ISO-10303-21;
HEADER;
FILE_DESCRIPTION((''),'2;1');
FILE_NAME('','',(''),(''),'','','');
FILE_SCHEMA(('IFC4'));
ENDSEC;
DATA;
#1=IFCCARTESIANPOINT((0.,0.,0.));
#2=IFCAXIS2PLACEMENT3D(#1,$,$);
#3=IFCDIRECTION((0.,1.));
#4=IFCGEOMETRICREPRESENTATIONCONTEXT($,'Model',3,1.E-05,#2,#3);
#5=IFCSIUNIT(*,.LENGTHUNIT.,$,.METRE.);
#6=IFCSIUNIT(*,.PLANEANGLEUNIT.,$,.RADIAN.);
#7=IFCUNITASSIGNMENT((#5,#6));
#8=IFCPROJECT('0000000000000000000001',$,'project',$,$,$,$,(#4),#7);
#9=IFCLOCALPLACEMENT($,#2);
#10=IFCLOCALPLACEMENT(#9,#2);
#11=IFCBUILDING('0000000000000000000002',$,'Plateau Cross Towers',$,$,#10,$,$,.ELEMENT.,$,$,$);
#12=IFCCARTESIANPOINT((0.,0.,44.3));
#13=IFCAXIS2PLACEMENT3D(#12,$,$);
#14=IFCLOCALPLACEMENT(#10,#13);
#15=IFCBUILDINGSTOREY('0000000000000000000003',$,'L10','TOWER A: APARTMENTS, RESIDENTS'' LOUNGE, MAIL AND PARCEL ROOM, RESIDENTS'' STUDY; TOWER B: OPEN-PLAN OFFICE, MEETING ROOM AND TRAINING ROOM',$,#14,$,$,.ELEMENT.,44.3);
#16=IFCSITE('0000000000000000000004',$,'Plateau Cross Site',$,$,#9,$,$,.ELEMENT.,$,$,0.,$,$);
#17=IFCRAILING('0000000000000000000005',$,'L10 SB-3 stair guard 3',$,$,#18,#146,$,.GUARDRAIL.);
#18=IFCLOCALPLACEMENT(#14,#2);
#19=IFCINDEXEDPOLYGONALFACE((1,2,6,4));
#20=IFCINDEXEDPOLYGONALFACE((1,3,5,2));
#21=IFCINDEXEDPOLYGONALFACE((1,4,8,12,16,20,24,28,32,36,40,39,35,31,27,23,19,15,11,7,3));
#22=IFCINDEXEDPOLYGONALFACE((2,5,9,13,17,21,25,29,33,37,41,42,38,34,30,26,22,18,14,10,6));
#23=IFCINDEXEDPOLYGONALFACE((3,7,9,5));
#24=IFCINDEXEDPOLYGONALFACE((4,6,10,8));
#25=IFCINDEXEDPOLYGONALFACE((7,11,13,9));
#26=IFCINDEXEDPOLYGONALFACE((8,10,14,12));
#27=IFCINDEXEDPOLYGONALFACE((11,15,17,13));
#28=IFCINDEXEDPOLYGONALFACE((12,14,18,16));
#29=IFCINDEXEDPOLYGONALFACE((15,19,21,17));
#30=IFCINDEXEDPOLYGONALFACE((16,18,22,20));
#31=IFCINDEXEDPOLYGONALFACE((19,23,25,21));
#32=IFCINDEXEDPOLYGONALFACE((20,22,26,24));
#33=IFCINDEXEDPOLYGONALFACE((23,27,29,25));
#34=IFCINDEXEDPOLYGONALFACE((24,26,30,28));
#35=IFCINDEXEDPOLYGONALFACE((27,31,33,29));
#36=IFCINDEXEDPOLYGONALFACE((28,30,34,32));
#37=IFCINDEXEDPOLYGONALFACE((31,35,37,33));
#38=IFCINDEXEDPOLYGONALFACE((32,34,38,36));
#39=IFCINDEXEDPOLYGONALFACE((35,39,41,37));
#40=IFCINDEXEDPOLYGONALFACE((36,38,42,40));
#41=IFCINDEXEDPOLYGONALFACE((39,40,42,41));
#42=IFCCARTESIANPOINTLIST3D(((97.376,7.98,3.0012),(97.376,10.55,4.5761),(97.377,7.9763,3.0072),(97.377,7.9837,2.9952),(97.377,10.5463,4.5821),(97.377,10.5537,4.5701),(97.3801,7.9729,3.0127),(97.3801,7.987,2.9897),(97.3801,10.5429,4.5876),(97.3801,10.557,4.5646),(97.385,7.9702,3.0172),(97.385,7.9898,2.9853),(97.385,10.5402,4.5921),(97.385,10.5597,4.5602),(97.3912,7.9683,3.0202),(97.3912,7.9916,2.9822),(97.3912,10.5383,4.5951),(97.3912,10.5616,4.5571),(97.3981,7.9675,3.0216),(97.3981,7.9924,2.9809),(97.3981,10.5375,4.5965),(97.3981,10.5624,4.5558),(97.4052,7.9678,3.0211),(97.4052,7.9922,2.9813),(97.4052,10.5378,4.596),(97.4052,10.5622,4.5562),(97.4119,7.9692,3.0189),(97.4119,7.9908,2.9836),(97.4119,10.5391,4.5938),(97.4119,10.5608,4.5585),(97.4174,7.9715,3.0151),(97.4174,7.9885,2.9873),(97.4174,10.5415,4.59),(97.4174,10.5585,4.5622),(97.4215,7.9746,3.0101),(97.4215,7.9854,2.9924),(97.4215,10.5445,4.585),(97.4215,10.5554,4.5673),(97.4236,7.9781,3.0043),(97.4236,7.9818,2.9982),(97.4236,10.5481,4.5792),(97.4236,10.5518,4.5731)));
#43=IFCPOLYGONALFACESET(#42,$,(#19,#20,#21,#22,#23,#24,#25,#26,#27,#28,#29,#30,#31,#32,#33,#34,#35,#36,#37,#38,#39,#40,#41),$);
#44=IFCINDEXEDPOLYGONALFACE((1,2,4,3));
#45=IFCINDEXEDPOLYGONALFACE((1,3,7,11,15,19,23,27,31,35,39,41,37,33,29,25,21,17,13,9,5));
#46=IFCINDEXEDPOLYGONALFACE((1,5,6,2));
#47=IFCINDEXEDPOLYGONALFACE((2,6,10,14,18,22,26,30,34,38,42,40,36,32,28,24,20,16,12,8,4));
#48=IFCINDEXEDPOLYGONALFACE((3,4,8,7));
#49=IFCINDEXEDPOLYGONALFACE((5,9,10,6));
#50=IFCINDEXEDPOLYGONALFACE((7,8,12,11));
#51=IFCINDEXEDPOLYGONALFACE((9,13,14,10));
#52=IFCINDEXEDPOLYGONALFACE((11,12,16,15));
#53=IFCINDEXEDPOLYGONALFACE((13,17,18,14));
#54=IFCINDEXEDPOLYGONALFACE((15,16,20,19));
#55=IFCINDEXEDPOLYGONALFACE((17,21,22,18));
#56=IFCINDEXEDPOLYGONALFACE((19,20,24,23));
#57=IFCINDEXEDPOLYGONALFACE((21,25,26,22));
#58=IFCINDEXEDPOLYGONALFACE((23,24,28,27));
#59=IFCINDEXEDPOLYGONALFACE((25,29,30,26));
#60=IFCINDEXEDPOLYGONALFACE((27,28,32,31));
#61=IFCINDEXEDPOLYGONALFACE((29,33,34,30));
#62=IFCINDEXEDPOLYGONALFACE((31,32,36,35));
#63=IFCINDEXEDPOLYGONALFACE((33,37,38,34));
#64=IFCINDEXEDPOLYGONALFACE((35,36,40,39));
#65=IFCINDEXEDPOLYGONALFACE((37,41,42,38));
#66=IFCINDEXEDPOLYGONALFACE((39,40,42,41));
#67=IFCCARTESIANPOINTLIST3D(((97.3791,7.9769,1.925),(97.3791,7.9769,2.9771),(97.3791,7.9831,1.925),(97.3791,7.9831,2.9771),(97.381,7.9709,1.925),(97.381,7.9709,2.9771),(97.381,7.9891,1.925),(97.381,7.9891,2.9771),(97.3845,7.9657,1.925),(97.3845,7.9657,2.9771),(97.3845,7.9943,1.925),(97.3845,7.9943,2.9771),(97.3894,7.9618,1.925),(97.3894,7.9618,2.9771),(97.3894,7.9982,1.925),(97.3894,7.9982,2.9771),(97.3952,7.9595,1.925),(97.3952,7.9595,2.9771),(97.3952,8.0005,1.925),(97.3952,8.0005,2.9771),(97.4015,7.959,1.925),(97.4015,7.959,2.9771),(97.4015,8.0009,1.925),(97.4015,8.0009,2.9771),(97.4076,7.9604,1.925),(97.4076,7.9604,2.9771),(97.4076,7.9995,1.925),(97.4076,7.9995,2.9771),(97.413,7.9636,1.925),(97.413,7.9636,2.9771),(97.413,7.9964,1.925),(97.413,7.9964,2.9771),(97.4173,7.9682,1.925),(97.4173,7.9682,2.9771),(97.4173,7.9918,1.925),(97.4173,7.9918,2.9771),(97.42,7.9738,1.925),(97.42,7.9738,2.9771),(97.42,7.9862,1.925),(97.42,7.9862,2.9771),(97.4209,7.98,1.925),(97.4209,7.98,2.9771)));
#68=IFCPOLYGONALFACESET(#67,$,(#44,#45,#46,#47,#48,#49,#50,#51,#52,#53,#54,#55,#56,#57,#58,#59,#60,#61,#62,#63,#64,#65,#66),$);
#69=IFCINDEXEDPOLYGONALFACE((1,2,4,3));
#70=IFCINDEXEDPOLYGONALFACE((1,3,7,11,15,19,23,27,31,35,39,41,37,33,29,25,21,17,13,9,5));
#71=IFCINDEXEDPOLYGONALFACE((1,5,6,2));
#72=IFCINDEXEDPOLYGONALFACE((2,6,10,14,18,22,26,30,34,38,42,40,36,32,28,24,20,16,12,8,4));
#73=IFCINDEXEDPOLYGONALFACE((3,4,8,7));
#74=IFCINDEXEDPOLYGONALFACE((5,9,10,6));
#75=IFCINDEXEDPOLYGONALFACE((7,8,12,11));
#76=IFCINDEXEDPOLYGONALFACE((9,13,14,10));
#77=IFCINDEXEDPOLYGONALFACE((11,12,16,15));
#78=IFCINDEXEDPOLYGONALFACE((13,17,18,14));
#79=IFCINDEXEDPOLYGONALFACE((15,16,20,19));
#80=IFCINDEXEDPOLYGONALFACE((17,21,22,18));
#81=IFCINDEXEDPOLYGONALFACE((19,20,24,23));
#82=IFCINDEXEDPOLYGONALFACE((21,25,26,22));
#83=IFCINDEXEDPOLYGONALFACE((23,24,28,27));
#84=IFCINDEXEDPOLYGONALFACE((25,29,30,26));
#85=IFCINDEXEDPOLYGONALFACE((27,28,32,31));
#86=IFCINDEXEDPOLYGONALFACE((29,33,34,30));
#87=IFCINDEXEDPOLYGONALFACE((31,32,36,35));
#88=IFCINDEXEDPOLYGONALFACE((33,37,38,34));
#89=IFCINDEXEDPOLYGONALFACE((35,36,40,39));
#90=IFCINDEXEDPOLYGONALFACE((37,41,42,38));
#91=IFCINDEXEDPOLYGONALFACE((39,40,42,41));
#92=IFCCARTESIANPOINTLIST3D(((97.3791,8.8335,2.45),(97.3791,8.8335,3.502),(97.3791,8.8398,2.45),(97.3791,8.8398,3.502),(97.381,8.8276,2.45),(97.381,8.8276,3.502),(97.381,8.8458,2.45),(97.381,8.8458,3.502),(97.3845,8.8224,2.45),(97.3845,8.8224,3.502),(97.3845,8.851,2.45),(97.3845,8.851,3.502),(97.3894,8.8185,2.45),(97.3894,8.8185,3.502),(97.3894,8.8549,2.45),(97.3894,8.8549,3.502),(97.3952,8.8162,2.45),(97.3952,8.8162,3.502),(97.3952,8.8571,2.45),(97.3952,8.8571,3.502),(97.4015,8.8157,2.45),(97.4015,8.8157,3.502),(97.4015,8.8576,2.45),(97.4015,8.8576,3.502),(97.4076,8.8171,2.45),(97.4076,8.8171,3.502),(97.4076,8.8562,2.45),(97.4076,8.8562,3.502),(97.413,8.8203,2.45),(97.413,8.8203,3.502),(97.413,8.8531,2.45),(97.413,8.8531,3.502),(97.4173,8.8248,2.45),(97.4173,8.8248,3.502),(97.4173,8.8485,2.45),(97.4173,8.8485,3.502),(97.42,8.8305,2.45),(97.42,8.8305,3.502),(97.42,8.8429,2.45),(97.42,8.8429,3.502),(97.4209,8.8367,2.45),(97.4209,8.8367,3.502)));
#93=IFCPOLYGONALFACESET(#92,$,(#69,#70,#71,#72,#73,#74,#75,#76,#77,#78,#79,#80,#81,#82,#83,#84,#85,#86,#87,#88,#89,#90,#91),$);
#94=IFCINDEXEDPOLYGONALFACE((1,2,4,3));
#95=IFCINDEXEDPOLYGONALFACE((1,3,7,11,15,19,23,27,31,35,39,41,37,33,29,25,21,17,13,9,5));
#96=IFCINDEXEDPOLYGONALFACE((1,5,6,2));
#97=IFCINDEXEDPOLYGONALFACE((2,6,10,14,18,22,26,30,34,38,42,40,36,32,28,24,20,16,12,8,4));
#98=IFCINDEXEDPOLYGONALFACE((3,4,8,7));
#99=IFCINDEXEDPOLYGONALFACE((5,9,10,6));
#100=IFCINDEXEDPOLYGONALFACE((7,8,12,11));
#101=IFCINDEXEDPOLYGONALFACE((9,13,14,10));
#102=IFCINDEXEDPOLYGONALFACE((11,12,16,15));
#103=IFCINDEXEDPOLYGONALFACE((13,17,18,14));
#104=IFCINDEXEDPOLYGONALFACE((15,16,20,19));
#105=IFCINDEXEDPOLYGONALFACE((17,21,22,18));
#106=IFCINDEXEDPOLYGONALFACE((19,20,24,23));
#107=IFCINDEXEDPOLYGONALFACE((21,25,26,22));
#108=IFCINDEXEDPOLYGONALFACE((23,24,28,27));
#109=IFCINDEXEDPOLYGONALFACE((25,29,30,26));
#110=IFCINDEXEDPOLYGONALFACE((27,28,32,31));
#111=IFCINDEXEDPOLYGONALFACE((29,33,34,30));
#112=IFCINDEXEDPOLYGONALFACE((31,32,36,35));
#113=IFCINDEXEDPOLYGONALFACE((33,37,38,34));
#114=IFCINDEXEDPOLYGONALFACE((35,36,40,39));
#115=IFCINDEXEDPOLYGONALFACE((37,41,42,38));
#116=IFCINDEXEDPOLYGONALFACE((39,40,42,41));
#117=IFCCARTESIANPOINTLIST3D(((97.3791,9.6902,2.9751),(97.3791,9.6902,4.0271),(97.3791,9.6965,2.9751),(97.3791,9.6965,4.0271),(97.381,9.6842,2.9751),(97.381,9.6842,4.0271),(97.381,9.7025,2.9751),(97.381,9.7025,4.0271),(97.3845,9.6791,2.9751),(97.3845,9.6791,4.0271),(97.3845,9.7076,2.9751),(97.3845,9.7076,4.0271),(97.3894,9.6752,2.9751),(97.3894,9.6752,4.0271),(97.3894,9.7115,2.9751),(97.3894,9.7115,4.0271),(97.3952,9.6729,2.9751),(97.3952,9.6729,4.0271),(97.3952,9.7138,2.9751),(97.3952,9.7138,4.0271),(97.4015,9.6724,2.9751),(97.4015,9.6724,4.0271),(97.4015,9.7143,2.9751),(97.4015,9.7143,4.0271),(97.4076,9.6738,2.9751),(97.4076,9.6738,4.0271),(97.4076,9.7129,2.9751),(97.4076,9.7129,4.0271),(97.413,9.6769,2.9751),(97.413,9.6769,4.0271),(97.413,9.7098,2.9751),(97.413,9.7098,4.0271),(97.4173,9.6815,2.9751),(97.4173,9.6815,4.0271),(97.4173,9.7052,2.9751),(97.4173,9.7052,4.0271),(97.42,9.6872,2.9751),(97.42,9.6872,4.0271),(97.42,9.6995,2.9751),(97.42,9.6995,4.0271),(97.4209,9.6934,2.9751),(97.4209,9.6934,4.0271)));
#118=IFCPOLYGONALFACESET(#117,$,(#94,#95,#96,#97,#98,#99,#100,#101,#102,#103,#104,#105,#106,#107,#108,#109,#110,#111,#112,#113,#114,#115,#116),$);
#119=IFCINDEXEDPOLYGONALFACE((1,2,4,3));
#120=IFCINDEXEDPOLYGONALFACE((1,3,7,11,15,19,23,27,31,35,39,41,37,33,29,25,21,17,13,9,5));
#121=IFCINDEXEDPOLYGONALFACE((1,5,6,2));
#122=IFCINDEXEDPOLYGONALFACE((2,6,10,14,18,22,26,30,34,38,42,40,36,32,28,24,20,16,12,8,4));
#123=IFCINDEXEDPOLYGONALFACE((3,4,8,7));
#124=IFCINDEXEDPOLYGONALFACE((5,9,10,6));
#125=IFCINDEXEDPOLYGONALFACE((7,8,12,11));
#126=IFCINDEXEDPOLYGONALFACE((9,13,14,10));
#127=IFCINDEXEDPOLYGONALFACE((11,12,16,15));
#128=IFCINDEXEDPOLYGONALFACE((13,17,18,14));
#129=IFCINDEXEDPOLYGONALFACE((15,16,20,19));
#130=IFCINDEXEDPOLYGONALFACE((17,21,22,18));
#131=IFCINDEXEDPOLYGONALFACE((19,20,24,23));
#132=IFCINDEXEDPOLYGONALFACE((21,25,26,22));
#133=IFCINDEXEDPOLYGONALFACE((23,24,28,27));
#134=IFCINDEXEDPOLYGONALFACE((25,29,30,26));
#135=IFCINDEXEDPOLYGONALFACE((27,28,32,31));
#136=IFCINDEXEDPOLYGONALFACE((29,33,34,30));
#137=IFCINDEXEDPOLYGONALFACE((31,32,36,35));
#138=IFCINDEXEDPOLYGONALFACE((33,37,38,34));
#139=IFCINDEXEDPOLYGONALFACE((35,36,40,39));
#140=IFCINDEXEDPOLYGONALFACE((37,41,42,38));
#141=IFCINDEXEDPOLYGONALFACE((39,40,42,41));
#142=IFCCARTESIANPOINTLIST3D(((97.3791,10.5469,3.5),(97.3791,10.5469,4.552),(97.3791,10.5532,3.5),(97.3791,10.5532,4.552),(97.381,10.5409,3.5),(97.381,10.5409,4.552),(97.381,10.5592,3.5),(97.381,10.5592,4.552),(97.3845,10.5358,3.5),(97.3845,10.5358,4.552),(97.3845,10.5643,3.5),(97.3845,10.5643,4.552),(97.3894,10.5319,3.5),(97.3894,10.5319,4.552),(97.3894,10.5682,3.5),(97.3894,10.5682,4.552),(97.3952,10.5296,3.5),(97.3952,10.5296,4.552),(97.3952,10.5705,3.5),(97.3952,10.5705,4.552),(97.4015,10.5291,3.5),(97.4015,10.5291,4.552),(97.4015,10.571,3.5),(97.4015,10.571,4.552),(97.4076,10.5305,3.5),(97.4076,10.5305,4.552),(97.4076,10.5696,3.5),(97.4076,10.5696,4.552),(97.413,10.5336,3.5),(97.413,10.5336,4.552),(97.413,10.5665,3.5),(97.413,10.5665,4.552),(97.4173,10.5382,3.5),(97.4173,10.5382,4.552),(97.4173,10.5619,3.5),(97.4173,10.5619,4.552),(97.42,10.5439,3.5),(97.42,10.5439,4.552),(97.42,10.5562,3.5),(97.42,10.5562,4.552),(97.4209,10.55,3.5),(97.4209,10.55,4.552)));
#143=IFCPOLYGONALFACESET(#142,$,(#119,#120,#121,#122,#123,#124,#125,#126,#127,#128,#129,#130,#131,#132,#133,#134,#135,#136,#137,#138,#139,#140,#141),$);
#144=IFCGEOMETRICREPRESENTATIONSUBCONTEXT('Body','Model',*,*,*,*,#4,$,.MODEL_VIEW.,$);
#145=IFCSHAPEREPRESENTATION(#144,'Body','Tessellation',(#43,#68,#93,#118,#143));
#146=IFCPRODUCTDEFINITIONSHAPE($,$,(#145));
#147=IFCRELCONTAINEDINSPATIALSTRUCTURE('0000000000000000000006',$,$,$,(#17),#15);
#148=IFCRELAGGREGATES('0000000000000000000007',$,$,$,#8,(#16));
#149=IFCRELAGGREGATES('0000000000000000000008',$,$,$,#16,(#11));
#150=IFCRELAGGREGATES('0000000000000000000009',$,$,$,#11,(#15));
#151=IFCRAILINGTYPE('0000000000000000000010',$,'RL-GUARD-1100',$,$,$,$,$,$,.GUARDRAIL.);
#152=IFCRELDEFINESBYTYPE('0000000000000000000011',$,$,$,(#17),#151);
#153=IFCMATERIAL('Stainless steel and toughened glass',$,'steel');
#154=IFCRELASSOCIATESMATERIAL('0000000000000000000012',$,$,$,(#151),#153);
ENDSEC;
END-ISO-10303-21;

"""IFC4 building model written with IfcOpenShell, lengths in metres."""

from ifc_helpers import new_model, si_unit, direction, frame, origin, origin_2d, place, context, subcontext, project, spatial, circle, extrude, material, type_object, element, save


model = new_model("IFC4")

# Units and contexts
model_context = context("Model", 3, precision=1e-05, world=origin(), true_north=direction((0.0, 1.0)))
body_context = subcontext(model_context, "Body", "Model", "MODEL_VIEW")
ifc_project = project(units=[si_unit("LENGTHUNIT", "METRE"), si_unit("PLANEANGLEUNIT", "RADIAN")], contexts=[model_context])

# Site, building, storey
site_placement = place(None, origin())
site = spatial("IfcSite", under=ifc_project, at=site_placement, Name="Plateau Cross Site", CompositionType="ELEMENT", RefElevation=0.0)
building_placement = place(site_placement, origin())
building = spatial("IfcBuilding", under=site, at=building_placement, Name="Plateau Cross Towers", CompositionType="ELEMENT")
storey_placement = place(building_placement, frame((0.0, 0.0, 44.3)))
storey = spatial("IfcBuildingStorey", under=building, at=storey_placement, Name="L10", Description="TOWER A: APARTMENTS, RESIDENTS' LOUNGE, MAIL AND PARCEL ROOM, RESIDENTS' STUDY; TOWER B: OPEN-PLAN OFFICE, MEETING ROOM AND TRAINING ROOM", CompositionType="ELEMENT", Elevation=44.3)

# Railing
ifc_material_1 = material(Name="Stainless steel and toughened glass", Category="steel")
railing_type_1 = type_object("IfcRailingType", Name="RL-GUARD-1100", PredefinedType="GUARDRAIL", material=ifc_material_1)
railing_1_placement = place(storey_placement, frame((97.3999, 7.98, 1.925)))
element("IfcRailing", 1, at=railing_1_placement, inside=storey, type_object=railing_type_1, Name="L10 SB-3 stair guard 3", PredefinedType="GUARDRAIL", context=body_context, shape_type="SweptSolid", body=[
    extrude(circle(Radius=0.0239, at=origin_2d()), frame((0.0, 0.0, 1.0762), z_axis=(0.0, 0.852639, 0.522501), x_axis=(-1.0, 0.0, 0.0)), (0.0, 0.0, 1.0), 3.0142),
    extrude(circle(Radius=0.021, at=origin_2d()), origin(), (0.0, 0.0, 1.0), 1.052),
    extrude(circle(Radius=0.021, at=origin_2d()), frame((0.0, 0.8567, 0.5249)), (0.0, 0.0, 1.0), 1.052),
    extrude(circle(Radius=0.021, at=origin_2d()), frame((0.0, 1.7134, 1.05)), (0.0, 0.0, 1.0), 1.052),
    extrude(circle(Radius=0.021, at=origin_2d()), frame((0.0, 2.5701, 1.575)), (0.0, 0.0, 1.0), 1.052),
])

save(model, "model.ifc")
